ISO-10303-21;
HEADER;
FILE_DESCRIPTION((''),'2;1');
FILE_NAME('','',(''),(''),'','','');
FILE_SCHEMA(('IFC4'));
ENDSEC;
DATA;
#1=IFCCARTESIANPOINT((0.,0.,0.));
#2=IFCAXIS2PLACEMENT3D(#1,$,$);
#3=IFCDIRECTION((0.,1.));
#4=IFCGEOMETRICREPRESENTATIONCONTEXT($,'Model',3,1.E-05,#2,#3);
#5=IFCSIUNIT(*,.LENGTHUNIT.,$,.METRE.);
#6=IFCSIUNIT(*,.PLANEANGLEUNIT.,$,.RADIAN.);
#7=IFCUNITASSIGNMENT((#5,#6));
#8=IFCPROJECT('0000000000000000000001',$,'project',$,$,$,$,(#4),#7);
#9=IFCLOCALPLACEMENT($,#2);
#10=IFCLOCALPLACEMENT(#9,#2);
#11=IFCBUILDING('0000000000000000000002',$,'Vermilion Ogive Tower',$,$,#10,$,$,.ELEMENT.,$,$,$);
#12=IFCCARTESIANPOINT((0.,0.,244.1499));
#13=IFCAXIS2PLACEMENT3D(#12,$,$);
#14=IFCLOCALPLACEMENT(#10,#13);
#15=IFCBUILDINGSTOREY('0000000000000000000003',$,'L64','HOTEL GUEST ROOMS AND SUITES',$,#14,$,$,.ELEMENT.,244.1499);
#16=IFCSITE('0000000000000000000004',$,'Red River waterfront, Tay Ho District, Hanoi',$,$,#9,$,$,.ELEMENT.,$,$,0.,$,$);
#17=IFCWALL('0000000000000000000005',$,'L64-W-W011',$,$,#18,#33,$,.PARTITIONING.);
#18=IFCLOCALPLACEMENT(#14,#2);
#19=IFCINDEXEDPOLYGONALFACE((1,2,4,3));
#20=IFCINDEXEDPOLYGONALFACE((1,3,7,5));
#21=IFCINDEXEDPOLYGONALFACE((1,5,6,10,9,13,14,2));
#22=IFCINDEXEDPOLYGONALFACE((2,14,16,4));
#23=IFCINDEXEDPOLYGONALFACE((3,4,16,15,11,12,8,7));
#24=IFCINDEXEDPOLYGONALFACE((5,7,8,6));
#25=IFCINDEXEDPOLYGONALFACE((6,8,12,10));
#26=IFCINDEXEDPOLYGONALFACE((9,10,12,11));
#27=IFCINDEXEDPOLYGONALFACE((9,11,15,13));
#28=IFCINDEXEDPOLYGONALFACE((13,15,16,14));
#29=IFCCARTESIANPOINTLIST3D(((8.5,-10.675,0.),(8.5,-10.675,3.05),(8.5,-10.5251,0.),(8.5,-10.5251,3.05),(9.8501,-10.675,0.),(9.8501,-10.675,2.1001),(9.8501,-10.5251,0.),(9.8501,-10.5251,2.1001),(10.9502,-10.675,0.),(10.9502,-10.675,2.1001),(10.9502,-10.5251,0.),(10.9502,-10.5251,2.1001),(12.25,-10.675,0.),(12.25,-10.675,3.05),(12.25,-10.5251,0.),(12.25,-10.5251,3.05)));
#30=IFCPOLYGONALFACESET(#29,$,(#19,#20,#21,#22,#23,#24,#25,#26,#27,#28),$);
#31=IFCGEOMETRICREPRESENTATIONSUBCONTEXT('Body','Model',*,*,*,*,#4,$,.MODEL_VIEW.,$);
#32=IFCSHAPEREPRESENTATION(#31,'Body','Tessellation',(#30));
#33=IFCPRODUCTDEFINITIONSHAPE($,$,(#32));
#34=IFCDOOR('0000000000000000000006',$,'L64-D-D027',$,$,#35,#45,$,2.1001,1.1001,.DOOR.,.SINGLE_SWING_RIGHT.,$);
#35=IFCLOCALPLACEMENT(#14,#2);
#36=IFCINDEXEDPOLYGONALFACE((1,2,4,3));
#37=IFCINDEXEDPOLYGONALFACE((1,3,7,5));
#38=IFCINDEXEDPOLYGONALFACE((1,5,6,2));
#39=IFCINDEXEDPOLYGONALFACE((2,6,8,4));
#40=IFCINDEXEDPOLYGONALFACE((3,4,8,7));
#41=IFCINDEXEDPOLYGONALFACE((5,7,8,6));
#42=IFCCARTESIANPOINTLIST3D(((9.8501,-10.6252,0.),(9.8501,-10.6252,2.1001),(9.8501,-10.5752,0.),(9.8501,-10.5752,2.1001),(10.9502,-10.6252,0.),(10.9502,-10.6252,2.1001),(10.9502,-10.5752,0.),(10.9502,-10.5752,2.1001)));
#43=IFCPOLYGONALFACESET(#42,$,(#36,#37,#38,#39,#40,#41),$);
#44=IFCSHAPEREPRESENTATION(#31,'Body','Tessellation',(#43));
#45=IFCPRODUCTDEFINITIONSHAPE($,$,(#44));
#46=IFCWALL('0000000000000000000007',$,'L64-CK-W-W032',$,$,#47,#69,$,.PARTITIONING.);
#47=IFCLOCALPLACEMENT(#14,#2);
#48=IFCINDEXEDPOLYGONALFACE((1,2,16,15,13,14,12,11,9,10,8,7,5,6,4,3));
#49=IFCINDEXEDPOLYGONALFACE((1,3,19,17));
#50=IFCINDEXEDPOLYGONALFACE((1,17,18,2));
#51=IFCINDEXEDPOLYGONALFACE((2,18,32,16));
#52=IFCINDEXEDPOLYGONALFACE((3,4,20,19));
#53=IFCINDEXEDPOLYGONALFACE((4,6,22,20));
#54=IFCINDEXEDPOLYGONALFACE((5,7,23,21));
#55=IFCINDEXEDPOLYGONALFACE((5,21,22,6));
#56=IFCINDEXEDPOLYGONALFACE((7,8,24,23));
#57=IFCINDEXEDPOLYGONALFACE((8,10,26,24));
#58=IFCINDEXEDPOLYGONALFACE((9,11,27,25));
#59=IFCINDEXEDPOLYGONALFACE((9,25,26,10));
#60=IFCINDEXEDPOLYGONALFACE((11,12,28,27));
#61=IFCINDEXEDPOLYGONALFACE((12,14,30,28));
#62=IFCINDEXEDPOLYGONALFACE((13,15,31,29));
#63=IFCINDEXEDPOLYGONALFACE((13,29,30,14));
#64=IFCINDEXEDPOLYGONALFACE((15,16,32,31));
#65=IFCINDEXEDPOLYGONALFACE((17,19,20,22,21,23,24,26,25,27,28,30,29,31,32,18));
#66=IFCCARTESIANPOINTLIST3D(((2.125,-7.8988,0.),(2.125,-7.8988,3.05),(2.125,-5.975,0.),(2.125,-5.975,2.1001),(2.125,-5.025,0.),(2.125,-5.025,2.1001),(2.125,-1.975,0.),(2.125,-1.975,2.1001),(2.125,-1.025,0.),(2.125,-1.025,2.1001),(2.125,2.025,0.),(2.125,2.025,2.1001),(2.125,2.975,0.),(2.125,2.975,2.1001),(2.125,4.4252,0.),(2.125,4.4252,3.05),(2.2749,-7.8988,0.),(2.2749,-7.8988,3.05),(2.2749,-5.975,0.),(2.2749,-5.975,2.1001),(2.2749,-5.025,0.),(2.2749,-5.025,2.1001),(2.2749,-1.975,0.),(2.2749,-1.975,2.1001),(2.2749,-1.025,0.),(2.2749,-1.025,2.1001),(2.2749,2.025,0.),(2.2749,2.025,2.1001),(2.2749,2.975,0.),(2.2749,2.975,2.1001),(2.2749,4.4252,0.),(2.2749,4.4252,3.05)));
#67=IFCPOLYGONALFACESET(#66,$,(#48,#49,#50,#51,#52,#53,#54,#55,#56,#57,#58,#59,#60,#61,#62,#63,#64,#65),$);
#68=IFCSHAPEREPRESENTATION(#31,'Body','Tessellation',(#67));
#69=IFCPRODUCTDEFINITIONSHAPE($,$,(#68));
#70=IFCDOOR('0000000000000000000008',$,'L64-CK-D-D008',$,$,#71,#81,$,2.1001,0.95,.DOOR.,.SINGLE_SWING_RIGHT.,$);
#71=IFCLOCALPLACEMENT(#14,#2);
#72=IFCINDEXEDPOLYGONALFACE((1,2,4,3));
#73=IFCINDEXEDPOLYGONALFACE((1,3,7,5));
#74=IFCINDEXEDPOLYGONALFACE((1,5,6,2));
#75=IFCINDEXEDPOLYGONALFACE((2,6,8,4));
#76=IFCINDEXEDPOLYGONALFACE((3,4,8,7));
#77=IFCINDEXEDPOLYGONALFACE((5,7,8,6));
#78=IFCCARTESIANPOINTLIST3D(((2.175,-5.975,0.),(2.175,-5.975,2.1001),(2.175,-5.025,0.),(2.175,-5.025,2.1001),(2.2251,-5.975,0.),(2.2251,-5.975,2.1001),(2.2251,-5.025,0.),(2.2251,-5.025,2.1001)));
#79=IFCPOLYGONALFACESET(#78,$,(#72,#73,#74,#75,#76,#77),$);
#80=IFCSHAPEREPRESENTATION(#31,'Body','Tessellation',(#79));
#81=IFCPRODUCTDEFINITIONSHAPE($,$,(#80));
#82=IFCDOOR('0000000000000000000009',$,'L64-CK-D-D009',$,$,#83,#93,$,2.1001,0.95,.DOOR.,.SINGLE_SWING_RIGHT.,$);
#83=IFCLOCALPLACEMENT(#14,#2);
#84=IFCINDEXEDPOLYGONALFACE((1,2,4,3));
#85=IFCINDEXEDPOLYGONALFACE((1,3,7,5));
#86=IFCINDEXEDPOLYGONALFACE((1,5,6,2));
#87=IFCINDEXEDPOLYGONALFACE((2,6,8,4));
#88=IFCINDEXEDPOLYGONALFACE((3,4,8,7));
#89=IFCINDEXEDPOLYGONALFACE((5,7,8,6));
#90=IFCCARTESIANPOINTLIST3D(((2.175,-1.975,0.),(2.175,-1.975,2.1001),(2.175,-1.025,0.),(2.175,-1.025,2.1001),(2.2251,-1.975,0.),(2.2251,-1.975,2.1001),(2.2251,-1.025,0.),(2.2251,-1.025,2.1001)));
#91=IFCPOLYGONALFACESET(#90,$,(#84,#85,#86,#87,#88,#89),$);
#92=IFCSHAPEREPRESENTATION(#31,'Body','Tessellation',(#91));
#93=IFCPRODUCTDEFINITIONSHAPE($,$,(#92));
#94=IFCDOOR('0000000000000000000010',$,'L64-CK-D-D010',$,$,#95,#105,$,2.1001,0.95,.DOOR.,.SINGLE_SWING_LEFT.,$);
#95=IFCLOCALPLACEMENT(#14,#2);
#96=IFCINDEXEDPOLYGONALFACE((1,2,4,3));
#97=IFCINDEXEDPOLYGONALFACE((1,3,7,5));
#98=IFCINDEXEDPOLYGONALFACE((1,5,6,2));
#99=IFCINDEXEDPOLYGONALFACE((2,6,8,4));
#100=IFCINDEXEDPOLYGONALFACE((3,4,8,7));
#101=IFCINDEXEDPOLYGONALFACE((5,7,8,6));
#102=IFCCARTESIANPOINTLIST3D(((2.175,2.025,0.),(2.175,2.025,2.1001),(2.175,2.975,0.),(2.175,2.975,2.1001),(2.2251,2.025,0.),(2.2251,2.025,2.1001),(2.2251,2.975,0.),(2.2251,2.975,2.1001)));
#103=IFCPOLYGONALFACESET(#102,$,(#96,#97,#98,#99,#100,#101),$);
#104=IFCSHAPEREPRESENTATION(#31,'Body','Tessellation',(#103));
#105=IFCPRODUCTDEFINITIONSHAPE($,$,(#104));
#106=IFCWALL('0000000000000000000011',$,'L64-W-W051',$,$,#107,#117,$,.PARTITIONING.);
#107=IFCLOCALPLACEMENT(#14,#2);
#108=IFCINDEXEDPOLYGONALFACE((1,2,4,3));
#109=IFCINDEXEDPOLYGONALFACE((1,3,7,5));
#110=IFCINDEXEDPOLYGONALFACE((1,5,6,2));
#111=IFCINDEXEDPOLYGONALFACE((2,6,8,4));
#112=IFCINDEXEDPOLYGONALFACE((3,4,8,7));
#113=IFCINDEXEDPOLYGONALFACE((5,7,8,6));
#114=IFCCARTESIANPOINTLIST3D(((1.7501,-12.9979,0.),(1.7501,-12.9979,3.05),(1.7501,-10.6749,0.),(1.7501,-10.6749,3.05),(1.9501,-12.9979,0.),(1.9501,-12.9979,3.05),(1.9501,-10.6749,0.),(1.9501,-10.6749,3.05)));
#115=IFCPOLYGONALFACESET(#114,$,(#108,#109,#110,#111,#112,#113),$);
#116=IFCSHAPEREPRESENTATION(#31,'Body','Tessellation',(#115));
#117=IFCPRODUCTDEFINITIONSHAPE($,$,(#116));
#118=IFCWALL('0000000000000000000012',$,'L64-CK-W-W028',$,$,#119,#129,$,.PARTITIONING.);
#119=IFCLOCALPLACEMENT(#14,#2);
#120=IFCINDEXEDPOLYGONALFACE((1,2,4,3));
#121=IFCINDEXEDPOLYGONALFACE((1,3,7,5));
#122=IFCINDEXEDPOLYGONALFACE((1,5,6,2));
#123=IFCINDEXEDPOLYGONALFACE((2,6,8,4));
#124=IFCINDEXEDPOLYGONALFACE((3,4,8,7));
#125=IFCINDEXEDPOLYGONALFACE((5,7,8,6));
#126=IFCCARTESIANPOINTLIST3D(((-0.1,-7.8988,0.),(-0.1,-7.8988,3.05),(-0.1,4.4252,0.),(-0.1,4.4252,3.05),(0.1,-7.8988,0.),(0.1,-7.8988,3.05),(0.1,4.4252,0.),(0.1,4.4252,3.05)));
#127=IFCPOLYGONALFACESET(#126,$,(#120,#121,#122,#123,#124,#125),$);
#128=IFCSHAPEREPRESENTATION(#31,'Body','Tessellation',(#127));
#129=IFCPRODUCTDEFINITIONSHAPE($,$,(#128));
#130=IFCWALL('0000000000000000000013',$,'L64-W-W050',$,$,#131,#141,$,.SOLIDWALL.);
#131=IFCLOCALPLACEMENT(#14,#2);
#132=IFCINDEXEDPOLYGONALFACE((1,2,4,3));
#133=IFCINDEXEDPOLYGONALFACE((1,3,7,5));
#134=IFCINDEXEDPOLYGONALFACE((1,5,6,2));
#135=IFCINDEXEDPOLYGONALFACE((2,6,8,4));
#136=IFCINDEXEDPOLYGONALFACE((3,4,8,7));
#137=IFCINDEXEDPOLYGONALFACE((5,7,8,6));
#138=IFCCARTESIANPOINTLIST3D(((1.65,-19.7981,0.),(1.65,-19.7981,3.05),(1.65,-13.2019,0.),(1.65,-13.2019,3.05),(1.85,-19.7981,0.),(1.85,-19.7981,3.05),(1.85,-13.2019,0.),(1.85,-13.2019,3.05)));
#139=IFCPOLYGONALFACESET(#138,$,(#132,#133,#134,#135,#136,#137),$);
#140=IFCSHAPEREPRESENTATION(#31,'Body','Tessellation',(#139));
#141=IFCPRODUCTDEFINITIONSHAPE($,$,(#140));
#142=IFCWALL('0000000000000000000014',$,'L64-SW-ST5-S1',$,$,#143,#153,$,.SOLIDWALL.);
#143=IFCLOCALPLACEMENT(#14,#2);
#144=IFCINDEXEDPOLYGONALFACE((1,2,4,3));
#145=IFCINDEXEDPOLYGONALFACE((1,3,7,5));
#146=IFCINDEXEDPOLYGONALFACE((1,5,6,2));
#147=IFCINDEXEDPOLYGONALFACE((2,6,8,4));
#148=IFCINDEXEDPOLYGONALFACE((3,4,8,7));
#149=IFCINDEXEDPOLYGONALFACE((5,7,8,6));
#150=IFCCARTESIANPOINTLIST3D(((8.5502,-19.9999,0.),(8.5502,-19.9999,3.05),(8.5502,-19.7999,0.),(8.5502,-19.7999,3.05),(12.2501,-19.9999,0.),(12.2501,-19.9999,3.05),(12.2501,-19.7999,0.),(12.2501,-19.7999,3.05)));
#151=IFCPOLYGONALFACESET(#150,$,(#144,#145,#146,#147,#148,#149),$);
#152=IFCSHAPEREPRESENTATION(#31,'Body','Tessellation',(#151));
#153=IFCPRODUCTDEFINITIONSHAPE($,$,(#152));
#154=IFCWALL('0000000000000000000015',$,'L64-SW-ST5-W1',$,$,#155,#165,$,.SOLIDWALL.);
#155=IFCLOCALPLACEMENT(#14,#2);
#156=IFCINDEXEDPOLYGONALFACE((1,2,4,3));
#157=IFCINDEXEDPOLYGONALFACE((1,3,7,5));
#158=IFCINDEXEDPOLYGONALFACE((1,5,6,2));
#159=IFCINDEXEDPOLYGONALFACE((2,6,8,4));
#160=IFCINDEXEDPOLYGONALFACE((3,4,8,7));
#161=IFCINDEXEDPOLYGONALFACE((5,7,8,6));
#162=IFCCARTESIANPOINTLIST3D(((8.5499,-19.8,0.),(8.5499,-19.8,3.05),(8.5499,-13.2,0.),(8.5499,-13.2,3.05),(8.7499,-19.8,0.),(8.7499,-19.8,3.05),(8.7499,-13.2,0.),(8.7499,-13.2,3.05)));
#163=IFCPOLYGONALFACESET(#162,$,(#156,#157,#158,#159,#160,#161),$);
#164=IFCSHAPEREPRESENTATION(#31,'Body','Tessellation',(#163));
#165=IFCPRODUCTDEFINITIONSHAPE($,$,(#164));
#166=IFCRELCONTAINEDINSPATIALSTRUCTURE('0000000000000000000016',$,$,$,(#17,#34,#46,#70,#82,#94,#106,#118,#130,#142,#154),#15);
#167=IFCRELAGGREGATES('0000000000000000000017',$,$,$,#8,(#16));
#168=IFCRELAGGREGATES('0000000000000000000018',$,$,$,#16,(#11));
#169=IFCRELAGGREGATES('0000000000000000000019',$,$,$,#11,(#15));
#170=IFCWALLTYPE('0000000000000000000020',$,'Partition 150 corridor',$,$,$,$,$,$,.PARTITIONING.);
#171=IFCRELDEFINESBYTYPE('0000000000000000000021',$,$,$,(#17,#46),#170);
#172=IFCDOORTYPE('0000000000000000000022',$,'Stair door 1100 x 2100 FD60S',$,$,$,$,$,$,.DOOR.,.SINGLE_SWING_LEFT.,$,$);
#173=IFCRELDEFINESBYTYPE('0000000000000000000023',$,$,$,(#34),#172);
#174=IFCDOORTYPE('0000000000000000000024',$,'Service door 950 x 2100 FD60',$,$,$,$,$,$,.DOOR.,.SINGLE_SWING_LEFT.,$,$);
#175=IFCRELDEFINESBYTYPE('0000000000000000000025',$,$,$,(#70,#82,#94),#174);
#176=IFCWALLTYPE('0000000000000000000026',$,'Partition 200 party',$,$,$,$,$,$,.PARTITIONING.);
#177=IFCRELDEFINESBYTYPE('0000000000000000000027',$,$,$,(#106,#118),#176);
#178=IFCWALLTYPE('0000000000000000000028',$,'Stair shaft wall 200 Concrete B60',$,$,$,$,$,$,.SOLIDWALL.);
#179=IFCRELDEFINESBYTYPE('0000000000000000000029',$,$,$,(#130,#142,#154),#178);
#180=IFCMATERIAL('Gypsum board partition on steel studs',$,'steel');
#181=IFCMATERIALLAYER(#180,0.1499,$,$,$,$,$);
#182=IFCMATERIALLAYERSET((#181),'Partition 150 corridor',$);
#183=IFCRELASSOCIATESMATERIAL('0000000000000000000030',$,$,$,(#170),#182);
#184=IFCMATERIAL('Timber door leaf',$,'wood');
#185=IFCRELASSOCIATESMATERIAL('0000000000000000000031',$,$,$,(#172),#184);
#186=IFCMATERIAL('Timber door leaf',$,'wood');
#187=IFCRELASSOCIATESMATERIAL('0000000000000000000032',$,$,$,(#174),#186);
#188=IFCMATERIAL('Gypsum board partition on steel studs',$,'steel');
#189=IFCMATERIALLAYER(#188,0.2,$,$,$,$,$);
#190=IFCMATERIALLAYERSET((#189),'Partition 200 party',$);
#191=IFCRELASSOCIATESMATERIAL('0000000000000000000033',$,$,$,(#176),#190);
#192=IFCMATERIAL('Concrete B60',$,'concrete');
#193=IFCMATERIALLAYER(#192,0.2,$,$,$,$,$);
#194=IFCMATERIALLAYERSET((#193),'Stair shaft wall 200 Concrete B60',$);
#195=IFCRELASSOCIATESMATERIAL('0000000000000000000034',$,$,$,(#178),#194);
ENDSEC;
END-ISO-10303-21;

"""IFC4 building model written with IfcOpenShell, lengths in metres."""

from ifc_helpers import new_model, si_unit, direction, frame, frame_2d, origin, place, context, subcontext, project, spatial, rectangle, extrude, material, layer, layer_set, type_object, element, fill, save


model = new_model("IFC4")

# Units and contexts
model_context = context("Model", 3, precision=1e-05, world=origin(), true_north=direction((0.0, 1.0)))
body_context = subcontext(model_context, "Body", "Model", "MODEL_VIEW")
ifc_project = project(units=[si_unit("LENGTHUNIT", "METRE"), si_unit("PLANEANGLEUNIT", "RADIAN")], contexts=[model_context])

# Site, building, storey
site_placement = place(None, origin())
site = spatial("IfcSite", under=ifc_project, at=site_placement, Name="Red River waterfront, Tay Ho District, Hanoi", CompositionType="ELEMENT", RefElevation=0.0)
building_placement = place(site_placement, origin())
building = spatial("IfcBuilding", under=site, at=building_placement, Name="Vermilion Ogive Tower", CompositionType="ELEMENT")
storey_placement = place(building_placement, frame((0.0, 0.0, 244.1499)))
storey = spatial("IfcBuildingStorey", under=building, at=storey_placement, Name="L64", Description="HOTEL GUEST ROOMS AND SUITES", CompositionType="ELEMENT", Elevation=244.1499)

# Wall, opening, door
ifc_material_1 = material(Name="Gypsum board partition on steel studs", Category="steel")
ifc_layer_1 = layer(ifc_material_1, 0.1499)
ifc_layer_set_1 = layer_set([ifc_layer_1], Name="Partition 150 corridor")
wall_type_1 = type_object("IfcWallType", Name="Partition 150 corridor", PredefinedType="PARTITIONING", material=ifc_layer_set_1)
wall_1_placement = place(storey_placement, frame((8.5, -10.6001, 0.0), z_axis=(0.0, 0.0, 1.0), x_axis=(1.0, 0.0, 0.0)))
wall_1 = element("IfcWall", 1, at=wall_1_placement, inside=storey, type_object=wall_type_1, Name="L64-W-W011", PredefinedType="PARTITIONING", context=body_context, shape_type="SweptSolid", body=[
    extrude(rectangle(XDim=3.75, YDim=0.1499, at=frame_2d((1.875, 0.0))), origin(), (0.0, 0.0, 1.0), 3.05),
])
opening_1_placement = place(wall_1_placement, frame((1.3501, 0.0, 0.0)))
opening_1 = element("IfcOpeningElement", 2, at=opening_1_placement, cuts=wall_1, PredefinedType="OPENING", context=body_context, shape_type="SweptSolid", body=[
    extrude(rectangle(XDim=1.1001, YDim=2.1001, at=frame_2d((0.55, 1.05))), frame((0.0, 0.085, 0.0), z_axis=(0.0, -1.0, 0.0), x_axis=(1.0, 0.0, 0.0)), (0.0, 0.0, 1.0), 0.1699),
])
ifc_material_2 = material(Name="Timber door leaf", Category="wood")
door_type_1 = type_object("IfcDoorType", Name="Stair door 1100 x 2100 FD60S", OperationType="SINGLE_SWING_LEFT", PredefinedType="DOOR", material=ifc_material_2)
door_1_placement = place(opening_1_placement, origin())
door_1 = element("IfcDoor", 3, at=door_1_placement, inside=storey, type_object=door_type_1, Name="L64-D-D027", OperationType="SINGLE_SWING_RIGHT", OverallHeight=2.1001, OverallWidth=1.1001, PredefinedType="DOOR", context=body_context, shape_type="SweptSolid", body=[
    extrude(rectangle(XDim=1.1001, YDim=2.1001, at=frame_2d((0.55, 1.05))), frame((0.0, 0.0249, 0.0), z_axis=(0.0, -1.0, 0.0), x_axis=(1.0, 0.0, 0.0)), (0.0, 0.0, 1.0), 0.05),
])
fill(opening_1, door_1)

# Wall, openings, doors
wall_2_placement = place(storey_placement, frame((2.2, -7.8989, 0.0), z_axis=(0.0, 0.0, 1.0), x_axis=(0.0, 1.0, 0.0)))
wall_2 = element("IfcWall", 4, at=wall_2_placement, inside=storey, type_object=wall_type_1, Name="L64-CK-W-W032", PredefinedType="PARTITIONING", context=body_context, shape_type="SweptSolid", body=[
    extrude(rectangle(XDim=12.324, YDim=0.1499, at=frame_2d((6.1621, 0.0))), origin(), (0.0, 0.0, 1.0), 3.05),
])
opening_2_placement = place(wall_2_placement, frame((1.9238, 0.0, 0.0)))
opening_2 = element("IfcOpeningElement", 5, at=opening_2_placement, cuts=wall_2, PredefinedType="OPENING", context=body_context, shape_type="SweptSolid", body=[
    extrude(rectangle(XDim=0.95, YDim=2.1001, at=frame_2d((0.4751, 1.05))), frame((0.0, 0.085, 0.0), z_axis=(0.0, -1.0, 0.0), x_axis=(1.0, 0.0, 0.0)), (0.0, 0.0, 1.0), 0.1699),
])
opening_3_placement = place(wall_2_placement, frame((5.9238, 0.0, 0.0)))
opening_3 = element("IfcOpeningElement", 6, at=opening_3_placement, cuts=wall_2, PredefinedType="OPENING", context=body_context, shape_type="SweptSolid", body=[
    extrude(rectangle(XDim=0.95, YDim=2.1001, at=frame_2d((0.4751, 1.05))), frame((0.0, 0.085, 0.0), z_axis=(0.0, -1.0, 0.0), x_axis=(1.0, 0.0, 0.0)), (0.0, 0.0, 1.0), 0.1699),
])
opening_4_placement = place(wall_2_placement, frame((9.9238, 0.0, 0.0)))
opening_4 = element("IfcOpeningElement", 7, at=opening_4_placement, cuts=wall_2, PredefinedType="OPENING", context=body_context, shape_type="SweptSolid", body=[
    extrude(rectangle(XDim=0.95, YDim=2.1001, at=frame_2d((0.4751, 1.05))), frame((0.0, 0.085, 0.0), z_axis=(0.0, -1.0, 0.0), x_axis=(1.0, 0.0, 0.0)), (0.0, 0.0, 1.0), 0.1699),
])
ifc_material_3 = material(Name="Timber door leaf", Category="wood")
door_type_2 = type_object("IfcDoorType", Name="Service door 950 x 2100 FD60", OperationType="SINGLE_SWING_LEFT", PredefinedType="DOOR", material=ifc_material_3)
door_2_placement = place(opening_2_placement, origin())
door_2 = element("IfcDoor", 8, at=door_2_placement, inside=storey, type_object=door_type_2, Name="L64-CK-D-D008", OperationType="SINGLE_SWING_RIGHT", OverallHeight=2.1001, OverallWidth=0.95, PredefinedType="DOOR", context=body_context, shape_type="SweptSolid", body=[
    extrude(rectangle(XDim=0.95, YDim=2.1001, at=frame_2d((0.4751, 1.05))), frame((0.0, 0.0249, 0.0), z_axis=(0.0, -1.0, 0.0), x_axis=(1.0, 0.0, 0.0)), (0.0, 0.0, 1.0), 0.05),
])
fill(opening_2, door_2)
door_3_placement = place(opening_3_placement, origin())
door_3 = element("IfcDoor", 9, at=door_3_placement, inside=storey, type_object=door_type_2, Name="L64-CK-D-D009", OperationType="SINGLE_SWING_RIGHT", OverallHeight=2.1001, OverallWidth=0.95, PredefinedType="DOOR", context=body_context, shape_type="SweptSolid", body=[
    extrude(rectangle(XDim=0.95, YDim=2.1001, at=frame_2d((0.4751, 1.05))), frame((0.0, 0.0249, 0.0), z_axis=(0.0, -1.0, 0.0), x_axis=(1.0, 0.0, 0.0)), (0.0, 0.0, 1.0), 0.05),
])
fill(opening_3, door_3)
door_4_placement = place(opening_4_placement, origin())
door_4 = element("IfcDoor", 10, at=door_4_placement, inside=storey, type_object=door_type_2, Name="L64-CK-D-D010", OperationType="SINGLE_SWING_LEFT", OverallHeight=2.1001, OverallWidth=0.95, PredefinedType="DOOR", context=body_context, shape_type="SweptSolid", body=[
    extrude(rectangle(XDim=0.95, YDim=2.1001, at=frame_2d((0.4751, 1.05))), frame((0.0, 0.0249, 0.0), z_axis=(0.0, -1.0, 0.0), x_axis=(1.0, 0.0, 0.0)), (0.0, 0.0, 1.0), 0.05),
])
fill(opening_4, door_4)

# Walls
ifc_material_4 = material(Name="Gypsum board partition on steel studs", Category="steel")
ifc_layer_2 = layer(ifc_material_4, 0.2)
ifc_layer_set_2 = layer_set([ifc_layer_2], Name="Partition 200 party")
wall_type_2 = type_object("IfcWallType", Name="Partition 200 party", PredefinedType="PARTITIONING", material=ifc_layer_set_2)
wall_3_placement = place(storey_placement, frame((1.8501, -12.998, 0.0), z_axis=(0.0, 0.0, 1.0), x_axis=(0.0, 1.0, 0.0)))
element("IfcWall", 11, at=wall_3_placement, inside=storey, type_object=wall_type_2, Name="L64-W-W051", PredefinedType="PARTITIONING", context=body_context, shape_type="SweptSolid", body=[
    extrude(rectangle(XDim=2.323, YDim=0.2, at=frame_2d((1.1616, 0.0))), origin(), (0.0, 0.0, 1.0), 3.05),
])
wall_4_placement = place(storey_placement, frame((0.0, -7.8989, 0.0), z_axis=(0.0, 0.0, 1.0), x_axis=(0.0, 1.0, 0.0)))
element("IfcWall", 12, at=wall_4_placement, inside=storey, type_object=wall_type_2, Name="L64-CK-W-W028", PredefinedType="PARTITIONING", context=body_context, shape_type="SweptSolid", body=[
    extrude(rectangle(XDim=12.324, YDim=0.2, at=frame_2d((6.1621, 0.0))), origin(), (0.0, 0.0, 1.0), 3.05),
])
ifc_material_5 = material(Name="Concrete B60", Category="concrete")
ifc_layer_3 = layer(ifc_material_5, 0.2)
ifc_layer_set_3 = layer_set([ifc_layer_3], Name="Stair shaft wall 200 Concrete B60")
wall_type_3 = type_object("IfcWallType", Name="Stair shaft wall 200 Concrete B60", PredefinedType="SOLIDWALL", material=ifc_layer_set_3)
wall_5_placement = place(storey_placement, frame((1.75, -19.7981, 0.0), z_axis=(0.0, 0.0, 1.0), x_axis=(0.0, 1.0, 0.0)))
element("IfcWall", 13, at=wall_5_placement, inside=storey, type_object=wall_type_3, Name="L64-W-W050", PredefinedType="SOLIDWALL", context=body_context, shape_type="SweptSolid", body=[
    extrude(rectangle(XDim=6.5962, YDim=0.2, at=frame_2d((3.2981, 0.0))), origin(), (0.0, 0.0, 1.0), 3.05),
])
wall_6_placement = place(storey_placement, frame((8.55, -19.8999, 0.0), z_axis=(0.0, 0.0, 1.0), x_axis=(1.0, 0.0, 0.0)))
element("IfcWall", 14, at=wall_6_placement, inside=storey, type_object=wall_type_3, Name="L64-SW-ST5-S1", PredefinedType="SOLIDWALL", context=body_context, shape_type="SweptSolid", body=[
    extrude(rectangle(XDim=3.7, YDim=0.2, at=frame_2d((1.8501, 0.0))), origin(), (0.0, 0.0, 1.0), 3.05),
])
wall_7_placement = place(storey_placement, frame((8.6499, -19.8, 0.0), z_axis=(0.0, 0.0, 1.0), x_axis=(0.0, 1.0, 0.0)))
element("IfcWall", 15, at=wall_7_placement, inside=storey, type_object=wall_type_3, Name="L64-SW-ST5-W1", PredefinedType="SOLIDWALL", context=body_context, shape_type="SweptSolid", body=[
    extrude(rectangle(XDim=6.6001, YDim=0.2, at=frame_2d((3.3, 0.0))), origin(), (0.0, 0.0, 1.0), 3.05),
])

save(model, "model.ifc")
